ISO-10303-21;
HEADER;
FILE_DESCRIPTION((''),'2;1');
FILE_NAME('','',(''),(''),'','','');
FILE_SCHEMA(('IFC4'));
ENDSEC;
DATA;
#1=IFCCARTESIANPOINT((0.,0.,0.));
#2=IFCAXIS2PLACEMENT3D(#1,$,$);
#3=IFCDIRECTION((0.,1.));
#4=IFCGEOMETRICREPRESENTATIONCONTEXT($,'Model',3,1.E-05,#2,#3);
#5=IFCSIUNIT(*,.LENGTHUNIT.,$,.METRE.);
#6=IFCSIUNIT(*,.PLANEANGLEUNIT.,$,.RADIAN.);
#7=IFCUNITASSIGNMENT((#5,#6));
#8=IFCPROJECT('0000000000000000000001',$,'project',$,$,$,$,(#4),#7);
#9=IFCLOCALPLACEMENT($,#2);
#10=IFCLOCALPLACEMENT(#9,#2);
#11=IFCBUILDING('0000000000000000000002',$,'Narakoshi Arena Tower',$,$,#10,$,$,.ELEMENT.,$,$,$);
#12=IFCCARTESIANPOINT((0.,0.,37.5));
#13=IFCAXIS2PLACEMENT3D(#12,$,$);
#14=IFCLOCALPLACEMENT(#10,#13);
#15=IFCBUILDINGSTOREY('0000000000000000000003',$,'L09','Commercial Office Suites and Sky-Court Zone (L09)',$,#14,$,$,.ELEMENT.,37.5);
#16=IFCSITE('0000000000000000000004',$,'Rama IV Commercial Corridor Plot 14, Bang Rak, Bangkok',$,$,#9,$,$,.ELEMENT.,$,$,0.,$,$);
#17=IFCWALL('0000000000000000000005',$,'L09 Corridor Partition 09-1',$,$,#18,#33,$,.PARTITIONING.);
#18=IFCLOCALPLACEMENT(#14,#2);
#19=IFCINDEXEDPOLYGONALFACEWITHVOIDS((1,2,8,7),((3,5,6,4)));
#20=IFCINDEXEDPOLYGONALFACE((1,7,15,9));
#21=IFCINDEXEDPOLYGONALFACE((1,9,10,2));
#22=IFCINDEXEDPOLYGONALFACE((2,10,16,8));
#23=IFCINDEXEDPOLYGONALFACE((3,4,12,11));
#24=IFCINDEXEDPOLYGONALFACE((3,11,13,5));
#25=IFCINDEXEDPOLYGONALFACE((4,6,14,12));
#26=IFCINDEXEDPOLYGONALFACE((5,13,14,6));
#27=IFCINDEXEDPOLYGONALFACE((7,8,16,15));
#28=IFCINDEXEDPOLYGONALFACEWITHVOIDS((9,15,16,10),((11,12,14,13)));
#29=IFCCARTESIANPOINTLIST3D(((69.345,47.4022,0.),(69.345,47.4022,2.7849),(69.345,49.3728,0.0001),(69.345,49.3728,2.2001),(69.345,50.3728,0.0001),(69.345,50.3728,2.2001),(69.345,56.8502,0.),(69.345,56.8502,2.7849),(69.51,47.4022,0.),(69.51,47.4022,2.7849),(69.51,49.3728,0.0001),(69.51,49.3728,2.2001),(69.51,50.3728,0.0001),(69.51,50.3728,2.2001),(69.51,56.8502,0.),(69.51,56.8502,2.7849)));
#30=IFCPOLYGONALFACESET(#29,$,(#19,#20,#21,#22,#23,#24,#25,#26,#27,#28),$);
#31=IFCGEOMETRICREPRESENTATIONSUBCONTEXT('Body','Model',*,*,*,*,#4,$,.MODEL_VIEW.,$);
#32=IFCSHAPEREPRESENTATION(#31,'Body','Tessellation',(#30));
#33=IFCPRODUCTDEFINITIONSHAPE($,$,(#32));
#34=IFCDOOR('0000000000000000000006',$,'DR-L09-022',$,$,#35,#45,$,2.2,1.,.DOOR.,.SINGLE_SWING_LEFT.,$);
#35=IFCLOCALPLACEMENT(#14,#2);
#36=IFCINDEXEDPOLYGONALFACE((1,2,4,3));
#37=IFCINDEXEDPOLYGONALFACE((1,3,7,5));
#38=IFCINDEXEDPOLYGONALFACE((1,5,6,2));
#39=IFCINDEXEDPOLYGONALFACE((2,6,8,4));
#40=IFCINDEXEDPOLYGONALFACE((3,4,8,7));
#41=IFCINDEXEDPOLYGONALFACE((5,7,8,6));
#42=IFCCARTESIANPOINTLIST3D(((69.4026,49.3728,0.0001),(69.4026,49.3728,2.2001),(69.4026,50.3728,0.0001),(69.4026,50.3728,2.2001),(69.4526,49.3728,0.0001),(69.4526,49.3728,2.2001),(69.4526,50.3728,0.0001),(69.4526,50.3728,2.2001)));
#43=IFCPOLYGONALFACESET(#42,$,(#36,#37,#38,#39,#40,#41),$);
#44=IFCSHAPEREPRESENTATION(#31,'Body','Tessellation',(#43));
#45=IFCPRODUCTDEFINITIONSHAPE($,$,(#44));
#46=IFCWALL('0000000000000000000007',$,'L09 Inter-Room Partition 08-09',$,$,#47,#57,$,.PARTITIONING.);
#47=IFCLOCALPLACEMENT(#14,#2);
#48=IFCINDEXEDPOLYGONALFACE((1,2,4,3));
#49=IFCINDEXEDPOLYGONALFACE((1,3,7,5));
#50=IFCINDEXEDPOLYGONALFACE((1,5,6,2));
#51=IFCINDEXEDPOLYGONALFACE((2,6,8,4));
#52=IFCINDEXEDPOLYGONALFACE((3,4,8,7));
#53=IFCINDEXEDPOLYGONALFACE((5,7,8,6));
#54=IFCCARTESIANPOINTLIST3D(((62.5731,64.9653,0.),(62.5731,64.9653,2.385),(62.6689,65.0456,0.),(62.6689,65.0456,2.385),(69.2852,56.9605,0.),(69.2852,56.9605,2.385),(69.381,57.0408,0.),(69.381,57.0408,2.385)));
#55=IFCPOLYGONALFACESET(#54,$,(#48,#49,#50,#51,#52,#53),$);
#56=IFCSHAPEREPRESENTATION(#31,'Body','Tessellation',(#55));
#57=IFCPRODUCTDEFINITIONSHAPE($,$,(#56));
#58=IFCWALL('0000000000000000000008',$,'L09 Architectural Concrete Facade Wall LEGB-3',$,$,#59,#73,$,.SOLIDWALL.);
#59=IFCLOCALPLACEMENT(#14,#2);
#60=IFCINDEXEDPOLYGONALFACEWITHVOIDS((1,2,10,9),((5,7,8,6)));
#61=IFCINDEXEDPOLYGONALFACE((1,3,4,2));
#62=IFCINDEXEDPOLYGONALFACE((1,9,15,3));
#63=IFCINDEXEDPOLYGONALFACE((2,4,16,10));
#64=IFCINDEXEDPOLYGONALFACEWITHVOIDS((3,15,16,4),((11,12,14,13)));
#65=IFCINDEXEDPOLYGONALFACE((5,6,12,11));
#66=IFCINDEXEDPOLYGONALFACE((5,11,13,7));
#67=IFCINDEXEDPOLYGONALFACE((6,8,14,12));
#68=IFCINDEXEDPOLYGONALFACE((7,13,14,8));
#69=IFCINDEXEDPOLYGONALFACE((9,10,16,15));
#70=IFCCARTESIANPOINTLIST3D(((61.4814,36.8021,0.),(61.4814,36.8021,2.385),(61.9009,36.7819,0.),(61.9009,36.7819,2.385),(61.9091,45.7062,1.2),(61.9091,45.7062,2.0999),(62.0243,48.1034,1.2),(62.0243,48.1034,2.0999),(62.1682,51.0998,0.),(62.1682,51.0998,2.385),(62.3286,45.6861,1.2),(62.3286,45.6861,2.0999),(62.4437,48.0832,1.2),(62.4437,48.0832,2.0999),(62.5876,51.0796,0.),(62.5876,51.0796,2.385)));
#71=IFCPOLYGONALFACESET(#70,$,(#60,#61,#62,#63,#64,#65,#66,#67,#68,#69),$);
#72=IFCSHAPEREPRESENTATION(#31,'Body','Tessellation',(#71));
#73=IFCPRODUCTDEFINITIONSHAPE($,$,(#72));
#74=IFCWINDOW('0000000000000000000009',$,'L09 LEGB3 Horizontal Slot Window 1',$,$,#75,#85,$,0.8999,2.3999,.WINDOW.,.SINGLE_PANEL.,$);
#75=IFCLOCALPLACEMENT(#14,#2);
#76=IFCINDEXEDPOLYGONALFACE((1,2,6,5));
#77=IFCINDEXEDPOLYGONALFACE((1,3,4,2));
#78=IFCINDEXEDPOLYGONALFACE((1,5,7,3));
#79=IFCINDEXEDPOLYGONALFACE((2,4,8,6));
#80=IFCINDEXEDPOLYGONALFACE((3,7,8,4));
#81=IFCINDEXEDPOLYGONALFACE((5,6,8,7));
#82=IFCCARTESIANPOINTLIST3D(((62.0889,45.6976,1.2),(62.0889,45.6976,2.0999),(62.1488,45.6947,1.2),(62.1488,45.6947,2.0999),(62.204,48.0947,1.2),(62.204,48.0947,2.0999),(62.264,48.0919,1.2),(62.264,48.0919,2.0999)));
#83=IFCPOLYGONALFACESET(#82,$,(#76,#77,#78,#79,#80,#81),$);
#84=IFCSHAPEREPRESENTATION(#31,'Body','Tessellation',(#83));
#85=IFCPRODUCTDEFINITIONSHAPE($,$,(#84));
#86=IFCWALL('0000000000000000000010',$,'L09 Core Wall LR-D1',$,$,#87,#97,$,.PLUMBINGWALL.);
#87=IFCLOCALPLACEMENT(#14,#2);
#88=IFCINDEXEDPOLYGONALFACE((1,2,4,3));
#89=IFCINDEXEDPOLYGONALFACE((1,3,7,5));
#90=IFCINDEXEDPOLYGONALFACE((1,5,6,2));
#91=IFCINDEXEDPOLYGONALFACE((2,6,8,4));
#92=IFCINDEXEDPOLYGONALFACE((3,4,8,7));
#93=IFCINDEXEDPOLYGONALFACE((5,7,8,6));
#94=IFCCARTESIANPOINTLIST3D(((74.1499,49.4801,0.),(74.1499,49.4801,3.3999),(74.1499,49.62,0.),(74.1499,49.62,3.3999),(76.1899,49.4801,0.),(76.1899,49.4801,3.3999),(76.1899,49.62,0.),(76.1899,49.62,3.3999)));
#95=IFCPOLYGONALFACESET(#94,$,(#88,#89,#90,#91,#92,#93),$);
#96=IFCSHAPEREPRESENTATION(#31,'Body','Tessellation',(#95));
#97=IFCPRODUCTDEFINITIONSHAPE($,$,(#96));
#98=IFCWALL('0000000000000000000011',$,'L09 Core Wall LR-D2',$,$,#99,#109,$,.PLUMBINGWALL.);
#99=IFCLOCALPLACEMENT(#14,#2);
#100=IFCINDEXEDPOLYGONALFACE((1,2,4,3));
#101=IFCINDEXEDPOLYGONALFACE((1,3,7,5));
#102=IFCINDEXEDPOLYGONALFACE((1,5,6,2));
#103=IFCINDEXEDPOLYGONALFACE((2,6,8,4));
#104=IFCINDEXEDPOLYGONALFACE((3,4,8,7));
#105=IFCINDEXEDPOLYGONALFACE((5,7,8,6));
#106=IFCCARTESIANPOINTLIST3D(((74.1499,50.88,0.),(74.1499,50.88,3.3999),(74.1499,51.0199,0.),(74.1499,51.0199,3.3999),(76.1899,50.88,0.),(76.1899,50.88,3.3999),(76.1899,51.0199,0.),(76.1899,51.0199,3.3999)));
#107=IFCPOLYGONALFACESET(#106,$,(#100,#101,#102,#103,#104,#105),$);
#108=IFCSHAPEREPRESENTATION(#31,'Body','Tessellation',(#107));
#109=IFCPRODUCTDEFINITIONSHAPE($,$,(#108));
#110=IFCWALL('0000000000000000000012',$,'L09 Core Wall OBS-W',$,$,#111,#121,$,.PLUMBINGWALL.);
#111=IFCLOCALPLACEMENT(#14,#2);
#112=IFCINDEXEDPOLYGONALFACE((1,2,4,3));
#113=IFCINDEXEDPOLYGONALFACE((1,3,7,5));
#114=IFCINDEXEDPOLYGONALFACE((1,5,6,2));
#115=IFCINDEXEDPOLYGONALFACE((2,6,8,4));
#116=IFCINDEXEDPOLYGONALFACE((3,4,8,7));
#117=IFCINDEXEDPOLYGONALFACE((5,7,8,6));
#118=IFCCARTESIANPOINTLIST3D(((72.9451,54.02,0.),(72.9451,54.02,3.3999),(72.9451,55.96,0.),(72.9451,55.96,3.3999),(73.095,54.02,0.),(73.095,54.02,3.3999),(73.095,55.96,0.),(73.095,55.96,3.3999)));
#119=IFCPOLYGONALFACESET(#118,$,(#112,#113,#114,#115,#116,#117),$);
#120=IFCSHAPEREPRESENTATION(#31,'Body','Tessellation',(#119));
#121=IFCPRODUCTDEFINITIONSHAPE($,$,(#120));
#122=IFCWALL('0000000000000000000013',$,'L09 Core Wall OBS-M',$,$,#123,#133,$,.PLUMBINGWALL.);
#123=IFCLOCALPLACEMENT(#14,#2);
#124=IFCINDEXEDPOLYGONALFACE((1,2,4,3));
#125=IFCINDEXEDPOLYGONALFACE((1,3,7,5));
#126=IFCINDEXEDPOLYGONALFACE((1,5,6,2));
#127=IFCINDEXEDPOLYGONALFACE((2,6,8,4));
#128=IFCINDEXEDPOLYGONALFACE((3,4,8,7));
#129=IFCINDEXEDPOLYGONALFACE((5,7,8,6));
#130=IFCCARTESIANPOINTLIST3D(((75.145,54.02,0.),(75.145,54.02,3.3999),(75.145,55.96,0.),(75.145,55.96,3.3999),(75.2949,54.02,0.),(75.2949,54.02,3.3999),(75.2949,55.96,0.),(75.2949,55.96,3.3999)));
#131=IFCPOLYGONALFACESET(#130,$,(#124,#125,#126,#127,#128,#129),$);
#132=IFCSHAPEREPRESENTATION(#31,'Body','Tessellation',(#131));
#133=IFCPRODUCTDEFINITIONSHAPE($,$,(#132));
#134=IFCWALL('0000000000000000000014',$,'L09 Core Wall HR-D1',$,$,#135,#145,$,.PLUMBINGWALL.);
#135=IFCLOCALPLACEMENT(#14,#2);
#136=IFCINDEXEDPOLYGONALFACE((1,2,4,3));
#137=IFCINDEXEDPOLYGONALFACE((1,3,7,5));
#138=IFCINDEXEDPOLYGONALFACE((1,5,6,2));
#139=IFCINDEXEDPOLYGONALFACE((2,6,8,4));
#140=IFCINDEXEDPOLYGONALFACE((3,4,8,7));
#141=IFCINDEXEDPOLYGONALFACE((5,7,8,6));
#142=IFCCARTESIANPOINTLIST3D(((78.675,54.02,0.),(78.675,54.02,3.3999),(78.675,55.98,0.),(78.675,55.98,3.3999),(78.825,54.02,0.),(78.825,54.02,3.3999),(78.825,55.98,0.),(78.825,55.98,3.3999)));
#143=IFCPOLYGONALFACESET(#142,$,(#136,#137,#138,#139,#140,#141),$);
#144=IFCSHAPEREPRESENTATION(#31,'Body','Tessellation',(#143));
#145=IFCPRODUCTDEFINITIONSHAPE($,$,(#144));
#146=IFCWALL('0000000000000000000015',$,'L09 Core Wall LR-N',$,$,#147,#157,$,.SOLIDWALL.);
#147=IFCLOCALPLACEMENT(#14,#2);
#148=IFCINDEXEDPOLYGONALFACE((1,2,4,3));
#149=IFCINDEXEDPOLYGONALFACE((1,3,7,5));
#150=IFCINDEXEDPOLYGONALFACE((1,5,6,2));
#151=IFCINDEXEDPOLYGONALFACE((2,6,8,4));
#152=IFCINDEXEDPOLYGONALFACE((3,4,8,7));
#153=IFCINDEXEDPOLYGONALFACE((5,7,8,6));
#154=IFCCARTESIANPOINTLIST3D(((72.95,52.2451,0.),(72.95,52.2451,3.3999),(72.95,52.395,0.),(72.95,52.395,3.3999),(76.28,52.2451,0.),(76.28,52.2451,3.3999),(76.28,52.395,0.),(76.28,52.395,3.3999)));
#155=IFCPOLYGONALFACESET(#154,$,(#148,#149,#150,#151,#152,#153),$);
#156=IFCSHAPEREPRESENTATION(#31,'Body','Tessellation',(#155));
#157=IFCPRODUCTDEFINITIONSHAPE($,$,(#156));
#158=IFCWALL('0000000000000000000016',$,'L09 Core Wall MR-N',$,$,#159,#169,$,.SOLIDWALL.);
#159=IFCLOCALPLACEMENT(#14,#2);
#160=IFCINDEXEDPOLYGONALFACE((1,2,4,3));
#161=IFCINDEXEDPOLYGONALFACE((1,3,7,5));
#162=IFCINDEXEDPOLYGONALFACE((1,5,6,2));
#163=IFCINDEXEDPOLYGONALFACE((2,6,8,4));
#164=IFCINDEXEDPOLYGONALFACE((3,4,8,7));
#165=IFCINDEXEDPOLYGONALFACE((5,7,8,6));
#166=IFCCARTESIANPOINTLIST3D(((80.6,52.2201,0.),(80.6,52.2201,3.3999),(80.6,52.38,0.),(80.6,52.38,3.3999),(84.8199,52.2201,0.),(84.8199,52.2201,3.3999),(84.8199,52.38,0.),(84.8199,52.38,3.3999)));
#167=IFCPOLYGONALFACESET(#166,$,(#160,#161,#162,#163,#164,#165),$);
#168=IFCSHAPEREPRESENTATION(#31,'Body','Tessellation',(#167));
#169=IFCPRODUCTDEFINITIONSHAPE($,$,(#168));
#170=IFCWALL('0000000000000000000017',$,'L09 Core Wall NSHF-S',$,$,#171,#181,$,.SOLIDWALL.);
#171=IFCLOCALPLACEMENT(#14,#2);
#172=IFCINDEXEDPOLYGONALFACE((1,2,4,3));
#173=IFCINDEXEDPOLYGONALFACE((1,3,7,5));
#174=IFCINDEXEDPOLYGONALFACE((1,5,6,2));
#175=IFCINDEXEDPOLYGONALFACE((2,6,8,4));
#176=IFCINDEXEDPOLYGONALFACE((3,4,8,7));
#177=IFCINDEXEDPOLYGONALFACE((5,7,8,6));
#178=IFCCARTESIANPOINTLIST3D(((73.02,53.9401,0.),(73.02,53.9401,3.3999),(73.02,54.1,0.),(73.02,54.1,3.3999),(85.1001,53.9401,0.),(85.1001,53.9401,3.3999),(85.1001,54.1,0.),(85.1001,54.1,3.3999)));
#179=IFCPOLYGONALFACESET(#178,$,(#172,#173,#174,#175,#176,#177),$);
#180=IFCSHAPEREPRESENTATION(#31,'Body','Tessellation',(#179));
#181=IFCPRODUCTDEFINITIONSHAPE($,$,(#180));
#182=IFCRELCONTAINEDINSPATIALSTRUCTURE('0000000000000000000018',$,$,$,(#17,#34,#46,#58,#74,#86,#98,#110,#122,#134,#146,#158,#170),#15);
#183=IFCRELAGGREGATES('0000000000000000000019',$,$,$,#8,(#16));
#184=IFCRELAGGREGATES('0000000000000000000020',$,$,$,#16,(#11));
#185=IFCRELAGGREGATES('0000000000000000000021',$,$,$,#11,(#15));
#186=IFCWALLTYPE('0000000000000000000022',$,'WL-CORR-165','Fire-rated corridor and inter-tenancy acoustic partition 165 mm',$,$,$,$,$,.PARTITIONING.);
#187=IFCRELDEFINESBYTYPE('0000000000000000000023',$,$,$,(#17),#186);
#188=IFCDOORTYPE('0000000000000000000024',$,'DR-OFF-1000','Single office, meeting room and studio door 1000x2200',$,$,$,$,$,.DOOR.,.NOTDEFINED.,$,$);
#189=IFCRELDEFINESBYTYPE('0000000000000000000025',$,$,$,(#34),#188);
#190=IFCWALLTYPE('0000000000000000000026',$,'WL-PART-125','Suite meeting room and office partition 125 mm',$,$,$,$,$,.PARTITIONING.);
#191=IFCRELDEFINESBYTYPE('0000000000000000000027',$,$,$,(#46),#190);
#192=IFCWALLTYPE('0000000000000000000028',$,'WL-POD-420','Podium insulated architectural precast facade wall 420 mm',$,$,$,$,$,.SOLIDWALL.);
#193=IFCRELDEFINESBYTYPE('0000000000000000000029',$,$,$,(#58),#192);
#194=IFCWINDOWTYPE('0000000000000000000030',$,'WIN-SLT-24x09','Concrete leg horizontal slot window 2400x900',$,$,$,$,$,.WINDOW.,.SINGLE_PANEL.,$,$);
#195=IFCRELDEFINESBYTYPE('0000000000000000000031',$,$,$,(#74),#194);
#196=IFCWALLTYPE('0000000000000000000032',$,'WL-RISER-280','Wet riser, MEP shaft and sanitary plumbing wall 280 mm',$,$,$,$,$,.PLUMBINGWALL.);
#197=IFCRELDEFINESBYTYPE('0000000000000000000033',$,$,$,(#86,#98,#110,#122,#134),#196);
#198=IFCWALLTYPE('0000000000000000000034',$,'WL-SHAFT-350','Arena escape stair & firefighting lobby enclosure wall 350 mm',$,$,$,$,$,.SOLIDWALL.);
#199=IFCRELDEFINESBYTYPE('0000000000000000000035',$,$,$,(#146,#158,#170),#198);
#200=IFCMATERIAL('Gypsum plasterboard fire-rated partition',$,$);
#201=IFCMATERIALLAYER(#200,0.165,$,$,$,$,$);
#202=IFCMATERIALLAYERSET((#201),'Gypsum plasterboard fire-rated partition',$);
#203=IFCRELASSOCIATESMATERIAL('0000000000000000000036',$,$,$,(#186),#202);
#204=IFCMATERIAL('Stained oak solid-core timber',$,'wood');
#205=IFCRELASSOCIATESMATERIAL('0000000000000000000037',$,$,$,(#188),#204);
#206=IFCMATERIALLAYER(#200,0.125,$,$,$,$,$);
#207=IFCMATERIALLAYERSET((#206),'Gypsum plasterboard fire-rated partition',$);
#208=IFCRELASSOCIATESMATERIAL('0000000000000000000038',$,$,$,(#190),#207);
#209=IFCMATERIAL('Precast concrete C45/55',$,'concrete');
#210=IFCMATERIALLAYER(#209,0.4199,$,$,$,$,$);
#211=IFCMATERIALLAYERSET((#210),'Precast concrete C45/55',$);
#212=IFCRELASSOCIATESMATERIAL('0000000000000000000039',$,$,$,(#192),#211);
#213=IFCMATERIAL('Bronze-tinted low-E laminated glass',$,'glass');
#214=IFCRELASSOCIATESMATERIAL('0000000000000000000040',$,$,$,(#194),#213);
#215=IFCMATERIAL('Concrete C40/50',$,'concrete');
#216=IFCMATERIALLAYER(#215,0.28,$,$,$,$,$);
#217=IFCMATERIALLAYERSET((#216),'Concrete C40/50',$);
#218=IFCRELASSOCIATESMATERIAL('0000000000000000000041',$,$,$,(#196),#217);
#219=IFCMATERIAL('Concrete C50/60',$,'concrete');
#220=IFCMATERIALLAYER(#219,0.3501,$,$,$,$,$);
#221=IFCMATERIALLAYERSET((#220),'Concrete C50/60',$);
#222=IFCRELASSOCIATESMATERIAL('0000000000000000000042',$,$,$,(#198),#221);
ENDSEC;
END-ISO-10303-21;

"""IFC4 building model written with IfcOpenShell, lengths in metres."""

from ifc_helpers import new_model, si_unit, direction, frame, frame_2d, origin, place, context, subcontext, project, spatial, rectangle, extrude, material, layer, layer_set, type_object, element, fill, save


model = new_model("IFC4")

# Units and contexts
model_context = context("Model", 3, precision=1e-05, world=origin(), true_north=direction((0.0, 1.0)))
body_context = subcontext(model_context, "Body", "Model", "MODEL_VIEW")
ifc_project = project(units=[si_unit("LENGTHUNIT", "METRE"), si_unit("PLANEANGLEUNIT", "RADIAN")], contexts=[model_context])

# Site, building, storey
site_placement = place(None, origin())
site = spatial("IfcSite", under=ifc_project, at=site_placement, Name="Rama IV Commercial Corridor Plot 14, Bang Rak, Bangkok", CompositionType="ELEMENT", RefElevation=0.0)
building_placement = place(site_placement, origin())
building = spatial("IfcBuilding", under=site, at=building_placement, Name="Narakoshi Arena Tower", CompositionType="ELEMENT")
storey_placement = place(building_placement, frame((0.0, 0.0, 37.5)))
storey = spatial("IfcBuildingStorey", under=building, at=storey_placement, Name="L09", Description="Commercial Office Suites and Sky-Court Zone (L09)", CompositionType="ELEMENT", Elevation=37.5)

# Wall, opening, door
ifc_material_1 = material(Name="Gypsum plasterboard fire-rated partition")
ifc_layer_1 = layer(ifc_material_1, 0.165)
ifc_layer_set_1 = layer_set([ifc_layer_1], Name="Gypsum plasterboard fire-rated partition")
wall_type_1 = type_object("IfcWallType", Name="WL-CORR-165", Description="Fire-rated corridor and inter-tenancy acoustic partition 165 mm", PredefinedType="PARTITIONING", material=ifc_layer_set_1)
wall_1_placement = place(storey_placement, frame((69.4275, 56.8503, 0.0), z_axis=(0.0, 0.0, 1.0), x_axis=(0.0, -1.0, 0.0)))
wall_1 = element("IfcWall", 1, at=wall_1_placement, inside=storey, type_object=wall_type_1, Name="L09 Corridor Partition 09-1", PredefinedType="PARTITIONING", context=body_context, shape_type="SweptSolid", body=[
    extrude(rectangle(XDim=9.448, YDim=0.165, at=frame_2d((4.7241, 0.0))), origin(), (0.0, 0.0, 1.0), 2.7849),
])
opening_1_placement = place(wall_1_placement, frame((6.4775, 0.0, 0.0)))
opening_1 = element("IfcOpeningElement", 2, at=opening_1_placement, cuts=wall_1, PredefinedType="OPENING", context=body_context, shape_type="SweptSolid", body=[
    extrude(rectangle(XDim=1.0, YDim=2.2, at=frame_2d((0.5, 1.1001))), frame((0.0, 0.0925, 0.0), z_axis=(0.0, -1.0, 0.0), x_axis=(1.0, 0.0, 0.0)), (0.0, 0.0, 1.0), 0.1851),
])
ifc_material_2 = material(Name="Stained oak solid-core timber", Category="wood")
door_type = type_object("IfcDoorType", Name="DR-OFF-1000", Description="Single office, meeting room and studio door 1000x2200", OperationType="NOTDEFINED", PredefinedType="DOOR", material=ifc_material_2)
door_placement = place(opening_1_placement, frame((1.0, 0.0, 0.0), z_axis=(0.0, 0.0, 1.0), x_axis=(-1.0, 0.0, 0.0)))
door = element("IfcDoor", 3, at=door_placement, inside=storey, type_object=door_type, Name="DR-L09-022", OperationType="SINGLE_SWING_LEFT", OverallHeight=2.2, OverallWidth=1.0, PredefinedType="DOOR", context=body_context, shape_type="SweptSolid", body=[
    extrude(rectangle(XDim=1.0, YDim=2.2, at=frame_2d((0.5, 1.1001))), frame((0.0, 0.0249, 0.0), z_axis=(0.0, -1.0, 0.0), x_axis=(1.0, 0.0, 0.0)), (0.0, 0.0, 1.0), 0.05),
])
fill(opening_1, door)

# Wall
ifc_layer_2 = layer(ifc_material_1, 0.125)
ifc_layer_set_2 = layer_set([ifc_layer_2], Name="Gypsum plasterboard fire-rated partition")
wall_type_2 = type_object("IfcWallType", Name="WL-PART-125", Description="Suite meeting room and office partition 125 mm", PredefinedType="PARTITIONING", material=ifc_layer_set_2)
wall_2_placement = place(storey_placement, frame((69.333, 57.0007, 0.0), z_axis=(0.0, 0.0, 1.0), x_axis=(-0.642522, 0.766268, 0.0)))
element("IfcWall", 4, at=wall_2_placement, inside=storey, type_object=wall_type_2, Name="L09 Inter-Room Partition 08-09", PredefinedType="PARTITIONING", context=body_context, shape_type="SweptSolid", body=[
    extrude(rectangle(XDim=10.4465, YDim=0.125, at=frame_2d((5.2231, 0.0))), origin(), (0.0, 0.0, 1.0), 2.385),
])

# Wall, opening, window
ifc_material_3 = material(Name="Precast concrete C45/55", Category="concrete")
ifc_layer_3 = layer(ifc_material_3, 0.4199)
ifc_layer_set_3 = layer_set([ifc_layer_3], Name="Precast concrete C45/55")
wall_type_3 = type_object("IfcWallType", Name="WL-POD-420", Description="Podium insulated architectural precast facade wall 420 mm", PredefinedType="SOLIDWALL", material=ifc_layer_set_3)
wall_3_placement = place(storey_placement, frame((62.3779, 51.0898, 0.0), z_axis=(0.0, 0.0, 1.0), x_axis=(-0.047978, -0.998848, 0.0)))
wall_3 = element("IfcWall", 5, at=wall_3_placement, inside=storey, type_object=wall_type_3, Name="L09 Architectural Concrete Facade Wall LEGB-3", PredefinedType="SOLIDWALL", context=body_context, shape_type="SweptSolid", body=[
    extrude(rectangle(XDim=14.3142, YDim=0.4199, at=frame_2d((7.1572, 0.0))), origin(), (0.0, 0.0, 1.0), 2.385),
])
opening_2_placement = place(wall_3_placement, frame((3.0, 0.0, 1.2)))
opening_2 = element("IfcOpeningElement", 6, at=opening_2_placement, cuts=wall_3, PredefinedType="OPENING", context=body_context, shape_type="SweptSolid", body=[
    extrude(rectangle(XDim=2.3999, YDim=0.8999, at=frame_2d((1.2, 0.45))), frame((0.0, 0.22, 0.0), z_axis=(0.0, -1.0, 0.0), x_axis=(1.0, 0.0, 0.0)), (0.0, 0.0, 1.0), 0.4399),
])
ifc_material_4 = material(Name="Bronze-tinted low-E laminated glass", Category="glass")
window_type = type_object("IfcWindowType", Name="WIN-SLT-24x09", Description="Concrete leg horizontal slot window 2400x900", PartitioningType="SINGLE_PANEL", PredefinedType="WINDOW", material=ifc_material_4)
window_placement = place(opening_2_placement, origin())
window = element("IfcWindow", 7, at=window_placement, inside=storey, type_object=window_type, Name="L09 LEGB3 Horizontal Slot Window 1", OverallHeight=0.8999, OverallWidth=2.3999, PartitioningType="SINGLE_PANEL", PredefinedType="WINDOW", context=body_context, shape_type="SweptSolid", body=[
    extrude(rectangle(XDim=2.3999, YDim=0.8999, at=frame_2d((1.2, 0.45))), frame((0.0, 0.03, 0.0), z_axis=(0.0, -1.0, 0.0), x_axis=(1.0, 0.0, 0.0)), (0.0, 0.0, 1.0), 0.0601),
])
fill(opening_2, window)

# Walls
ifc_material_5 = material(Name="Concrete C40/50", Category="concrete")
ifc_layer_4 = layer(ifc_material_5, 0.28)
ifc_layer_set_4 = layer_set([ifc_layer_4], Name="Concrete C40/50")
wall_type_4 = type_object("IfcWallType", Name="WL-RISER-280", Description="Wet riser, MEP shaft and sanitary plumbing wall 280 mm", PredefinedType="PLUMBINGWALL", material=ifc_layer_set_4)
for number, where, z_axis, x_axis, name in (
    (8, (74.1499, 49.55, 0.0), (0.0, 0.0, 1.0), (1.0, 0.0, 0.0), "L09 Core Wall LR-D1"),
    (9, (74.1499, 50.95, 0.0), (0.0, 0.0, 1.0), (1.0, 0.0, 0.0), "L09 Core Wall LR-D2"),
):
    element("IfcWall", number, at=place(storey_placement, frame(where, z_axis=z_axis, x_axis=x_axis)), inside=storey, type_object=wall_type_4, Name=name, PredefinedType="PLUMBINGWALL", context=body_context, shape_type="SweptSolid", body=[
        extrude(rectangle(XDim=2.04, YDim=0.1399, at=frame_2d((1.02, 0.0))), origin(), (0.0, 0.0, 1.0), 3.3999),
    ])
for number, where, z_axis, x_axis, name in (
    (10, (73.02, 54.02, 0.0), (0.0, 0.0, 1.0), (0.0, 1.0, 0.0), "L09 Core Wall OBS-W"),
    (11, (75.22, 54.02, 0.0), (0.0, 0.0, 1.0), (0.0, 1.0, 0.0), "L09 Core Wall OBS-M"),
):
    element("IfcWall", number, at=place(storey_placement, frame(where, z_axis=z_axis, x_axis=x_axis)), inside=storey, type_object=wall_type_4, Name=name, PredefinedType="PLUMBINGWALL", context=body_context, shape_type="SweptSolid", body=[
        extrude(rectangle(XDim=1.9399, YDim=0.1499, at=frame_2d((0.97, 0.0))), origin(), (0.0, 0.0, 1.0), 3.3999),
    ])
wall_4_placement = place(storey_placement, frame((78.75, 54.02, 0.0), z_axis=(0.0, 0.0, 1.0), x_axis=(0.0, 1.0, 0.0)))
element("IfcWall", 12, at=wall_4_placement, inside=storey, type_object=wall_type_4, Name="L09 Core Wall HR-D1", PredefinedType="PLUMBINGWALL", context=body_context, shape_type="SweptSolid", body=[
    extrude(rectangle(XDim=1.96, YDim=0.1499, at=frame_2d((0.98, 0.0))), origin(), (0.0, 0.0, 1.0), 3.3999),
])
ifc_material_6 = material(Name="Concrete C50/60", Category="concrete")
ifc_layer_5 = layer(ifc_material_6, 0.3501)
ifc_layer_set_5 = layer_set([ifc_layer_5], Name="Concrete C50/60")
wall_type_5 = type_object("IfcWallType", Name="WL-SHAFT-350", Description="Arena escape stair & firefighting lobby enclosure wall 350 mm", PredefinedType="SOLIDWALL", material=ifc_layer_set_5)
wall_5_placement = place(storey_placement, frame((72.95, 52.3201, 0.0), z_axis=(0.0, 0.0, 1.0), x_axis=(1.0, 0.0, 0.0)))
element("IfcWall", 13, at=wall_5_placement, inside=storey, type_object=wall_type_5, Name="L09 Core Wall LR-N", PredefinedType="SOLIDWALL", context=body_context, shape_type="SweptSolid", body=[
    extrude(rectangle(XDim=3.3301, YDim=0.1499, at=frame_2d((1.665, 0.0))), origin(), (0.0, 0.0, 1.0), 3.3999),
])
wall_6_placement = place(storey_placement, frame((80.6001, 52.3, 0.0), z_axis=(0.0, 0.0, 1.0), x_axis=(1.0, 0.0, 0.0)))
element("IfcWall", 14, at=wall_6_placement, inside=storey, type_object=wall_type_5, Name="L09 Core Wall MR-N", PredefinedType="SOLIDWALL", context=body_context, shape_type="SweptSolid", body=[
    extrude(rectangle(XDim=4.22, YDim=0.1599, at=frame_2d((2.1099, 0.0))), origin(), (0.0, 0.0, 1.0), 3.3999),
])
wall_7_placement = place(storey_placement, frame((73.02, 54.02, 0.0), z_axis=(0.0, 0.0, 1.0), x_axis=(1.0, 0.0, 0.0)))
element("IfcWall", 15, at=wall_7_placement, inside=storey, type_object=wall_type_5, Name="L09 Core Wall NSHF-S", PredefinedType="SOLIDWALL", context=body_context, shape_type="SweptSolid", body=[
    extrude(rectangle(XDim=12.0801, YDim=0.1599, at=frame_2d((6.04, 0.0))), origin(), (0.0, 0.0, 1.0), 3.3999),
])

save(model, "model.ifc")
